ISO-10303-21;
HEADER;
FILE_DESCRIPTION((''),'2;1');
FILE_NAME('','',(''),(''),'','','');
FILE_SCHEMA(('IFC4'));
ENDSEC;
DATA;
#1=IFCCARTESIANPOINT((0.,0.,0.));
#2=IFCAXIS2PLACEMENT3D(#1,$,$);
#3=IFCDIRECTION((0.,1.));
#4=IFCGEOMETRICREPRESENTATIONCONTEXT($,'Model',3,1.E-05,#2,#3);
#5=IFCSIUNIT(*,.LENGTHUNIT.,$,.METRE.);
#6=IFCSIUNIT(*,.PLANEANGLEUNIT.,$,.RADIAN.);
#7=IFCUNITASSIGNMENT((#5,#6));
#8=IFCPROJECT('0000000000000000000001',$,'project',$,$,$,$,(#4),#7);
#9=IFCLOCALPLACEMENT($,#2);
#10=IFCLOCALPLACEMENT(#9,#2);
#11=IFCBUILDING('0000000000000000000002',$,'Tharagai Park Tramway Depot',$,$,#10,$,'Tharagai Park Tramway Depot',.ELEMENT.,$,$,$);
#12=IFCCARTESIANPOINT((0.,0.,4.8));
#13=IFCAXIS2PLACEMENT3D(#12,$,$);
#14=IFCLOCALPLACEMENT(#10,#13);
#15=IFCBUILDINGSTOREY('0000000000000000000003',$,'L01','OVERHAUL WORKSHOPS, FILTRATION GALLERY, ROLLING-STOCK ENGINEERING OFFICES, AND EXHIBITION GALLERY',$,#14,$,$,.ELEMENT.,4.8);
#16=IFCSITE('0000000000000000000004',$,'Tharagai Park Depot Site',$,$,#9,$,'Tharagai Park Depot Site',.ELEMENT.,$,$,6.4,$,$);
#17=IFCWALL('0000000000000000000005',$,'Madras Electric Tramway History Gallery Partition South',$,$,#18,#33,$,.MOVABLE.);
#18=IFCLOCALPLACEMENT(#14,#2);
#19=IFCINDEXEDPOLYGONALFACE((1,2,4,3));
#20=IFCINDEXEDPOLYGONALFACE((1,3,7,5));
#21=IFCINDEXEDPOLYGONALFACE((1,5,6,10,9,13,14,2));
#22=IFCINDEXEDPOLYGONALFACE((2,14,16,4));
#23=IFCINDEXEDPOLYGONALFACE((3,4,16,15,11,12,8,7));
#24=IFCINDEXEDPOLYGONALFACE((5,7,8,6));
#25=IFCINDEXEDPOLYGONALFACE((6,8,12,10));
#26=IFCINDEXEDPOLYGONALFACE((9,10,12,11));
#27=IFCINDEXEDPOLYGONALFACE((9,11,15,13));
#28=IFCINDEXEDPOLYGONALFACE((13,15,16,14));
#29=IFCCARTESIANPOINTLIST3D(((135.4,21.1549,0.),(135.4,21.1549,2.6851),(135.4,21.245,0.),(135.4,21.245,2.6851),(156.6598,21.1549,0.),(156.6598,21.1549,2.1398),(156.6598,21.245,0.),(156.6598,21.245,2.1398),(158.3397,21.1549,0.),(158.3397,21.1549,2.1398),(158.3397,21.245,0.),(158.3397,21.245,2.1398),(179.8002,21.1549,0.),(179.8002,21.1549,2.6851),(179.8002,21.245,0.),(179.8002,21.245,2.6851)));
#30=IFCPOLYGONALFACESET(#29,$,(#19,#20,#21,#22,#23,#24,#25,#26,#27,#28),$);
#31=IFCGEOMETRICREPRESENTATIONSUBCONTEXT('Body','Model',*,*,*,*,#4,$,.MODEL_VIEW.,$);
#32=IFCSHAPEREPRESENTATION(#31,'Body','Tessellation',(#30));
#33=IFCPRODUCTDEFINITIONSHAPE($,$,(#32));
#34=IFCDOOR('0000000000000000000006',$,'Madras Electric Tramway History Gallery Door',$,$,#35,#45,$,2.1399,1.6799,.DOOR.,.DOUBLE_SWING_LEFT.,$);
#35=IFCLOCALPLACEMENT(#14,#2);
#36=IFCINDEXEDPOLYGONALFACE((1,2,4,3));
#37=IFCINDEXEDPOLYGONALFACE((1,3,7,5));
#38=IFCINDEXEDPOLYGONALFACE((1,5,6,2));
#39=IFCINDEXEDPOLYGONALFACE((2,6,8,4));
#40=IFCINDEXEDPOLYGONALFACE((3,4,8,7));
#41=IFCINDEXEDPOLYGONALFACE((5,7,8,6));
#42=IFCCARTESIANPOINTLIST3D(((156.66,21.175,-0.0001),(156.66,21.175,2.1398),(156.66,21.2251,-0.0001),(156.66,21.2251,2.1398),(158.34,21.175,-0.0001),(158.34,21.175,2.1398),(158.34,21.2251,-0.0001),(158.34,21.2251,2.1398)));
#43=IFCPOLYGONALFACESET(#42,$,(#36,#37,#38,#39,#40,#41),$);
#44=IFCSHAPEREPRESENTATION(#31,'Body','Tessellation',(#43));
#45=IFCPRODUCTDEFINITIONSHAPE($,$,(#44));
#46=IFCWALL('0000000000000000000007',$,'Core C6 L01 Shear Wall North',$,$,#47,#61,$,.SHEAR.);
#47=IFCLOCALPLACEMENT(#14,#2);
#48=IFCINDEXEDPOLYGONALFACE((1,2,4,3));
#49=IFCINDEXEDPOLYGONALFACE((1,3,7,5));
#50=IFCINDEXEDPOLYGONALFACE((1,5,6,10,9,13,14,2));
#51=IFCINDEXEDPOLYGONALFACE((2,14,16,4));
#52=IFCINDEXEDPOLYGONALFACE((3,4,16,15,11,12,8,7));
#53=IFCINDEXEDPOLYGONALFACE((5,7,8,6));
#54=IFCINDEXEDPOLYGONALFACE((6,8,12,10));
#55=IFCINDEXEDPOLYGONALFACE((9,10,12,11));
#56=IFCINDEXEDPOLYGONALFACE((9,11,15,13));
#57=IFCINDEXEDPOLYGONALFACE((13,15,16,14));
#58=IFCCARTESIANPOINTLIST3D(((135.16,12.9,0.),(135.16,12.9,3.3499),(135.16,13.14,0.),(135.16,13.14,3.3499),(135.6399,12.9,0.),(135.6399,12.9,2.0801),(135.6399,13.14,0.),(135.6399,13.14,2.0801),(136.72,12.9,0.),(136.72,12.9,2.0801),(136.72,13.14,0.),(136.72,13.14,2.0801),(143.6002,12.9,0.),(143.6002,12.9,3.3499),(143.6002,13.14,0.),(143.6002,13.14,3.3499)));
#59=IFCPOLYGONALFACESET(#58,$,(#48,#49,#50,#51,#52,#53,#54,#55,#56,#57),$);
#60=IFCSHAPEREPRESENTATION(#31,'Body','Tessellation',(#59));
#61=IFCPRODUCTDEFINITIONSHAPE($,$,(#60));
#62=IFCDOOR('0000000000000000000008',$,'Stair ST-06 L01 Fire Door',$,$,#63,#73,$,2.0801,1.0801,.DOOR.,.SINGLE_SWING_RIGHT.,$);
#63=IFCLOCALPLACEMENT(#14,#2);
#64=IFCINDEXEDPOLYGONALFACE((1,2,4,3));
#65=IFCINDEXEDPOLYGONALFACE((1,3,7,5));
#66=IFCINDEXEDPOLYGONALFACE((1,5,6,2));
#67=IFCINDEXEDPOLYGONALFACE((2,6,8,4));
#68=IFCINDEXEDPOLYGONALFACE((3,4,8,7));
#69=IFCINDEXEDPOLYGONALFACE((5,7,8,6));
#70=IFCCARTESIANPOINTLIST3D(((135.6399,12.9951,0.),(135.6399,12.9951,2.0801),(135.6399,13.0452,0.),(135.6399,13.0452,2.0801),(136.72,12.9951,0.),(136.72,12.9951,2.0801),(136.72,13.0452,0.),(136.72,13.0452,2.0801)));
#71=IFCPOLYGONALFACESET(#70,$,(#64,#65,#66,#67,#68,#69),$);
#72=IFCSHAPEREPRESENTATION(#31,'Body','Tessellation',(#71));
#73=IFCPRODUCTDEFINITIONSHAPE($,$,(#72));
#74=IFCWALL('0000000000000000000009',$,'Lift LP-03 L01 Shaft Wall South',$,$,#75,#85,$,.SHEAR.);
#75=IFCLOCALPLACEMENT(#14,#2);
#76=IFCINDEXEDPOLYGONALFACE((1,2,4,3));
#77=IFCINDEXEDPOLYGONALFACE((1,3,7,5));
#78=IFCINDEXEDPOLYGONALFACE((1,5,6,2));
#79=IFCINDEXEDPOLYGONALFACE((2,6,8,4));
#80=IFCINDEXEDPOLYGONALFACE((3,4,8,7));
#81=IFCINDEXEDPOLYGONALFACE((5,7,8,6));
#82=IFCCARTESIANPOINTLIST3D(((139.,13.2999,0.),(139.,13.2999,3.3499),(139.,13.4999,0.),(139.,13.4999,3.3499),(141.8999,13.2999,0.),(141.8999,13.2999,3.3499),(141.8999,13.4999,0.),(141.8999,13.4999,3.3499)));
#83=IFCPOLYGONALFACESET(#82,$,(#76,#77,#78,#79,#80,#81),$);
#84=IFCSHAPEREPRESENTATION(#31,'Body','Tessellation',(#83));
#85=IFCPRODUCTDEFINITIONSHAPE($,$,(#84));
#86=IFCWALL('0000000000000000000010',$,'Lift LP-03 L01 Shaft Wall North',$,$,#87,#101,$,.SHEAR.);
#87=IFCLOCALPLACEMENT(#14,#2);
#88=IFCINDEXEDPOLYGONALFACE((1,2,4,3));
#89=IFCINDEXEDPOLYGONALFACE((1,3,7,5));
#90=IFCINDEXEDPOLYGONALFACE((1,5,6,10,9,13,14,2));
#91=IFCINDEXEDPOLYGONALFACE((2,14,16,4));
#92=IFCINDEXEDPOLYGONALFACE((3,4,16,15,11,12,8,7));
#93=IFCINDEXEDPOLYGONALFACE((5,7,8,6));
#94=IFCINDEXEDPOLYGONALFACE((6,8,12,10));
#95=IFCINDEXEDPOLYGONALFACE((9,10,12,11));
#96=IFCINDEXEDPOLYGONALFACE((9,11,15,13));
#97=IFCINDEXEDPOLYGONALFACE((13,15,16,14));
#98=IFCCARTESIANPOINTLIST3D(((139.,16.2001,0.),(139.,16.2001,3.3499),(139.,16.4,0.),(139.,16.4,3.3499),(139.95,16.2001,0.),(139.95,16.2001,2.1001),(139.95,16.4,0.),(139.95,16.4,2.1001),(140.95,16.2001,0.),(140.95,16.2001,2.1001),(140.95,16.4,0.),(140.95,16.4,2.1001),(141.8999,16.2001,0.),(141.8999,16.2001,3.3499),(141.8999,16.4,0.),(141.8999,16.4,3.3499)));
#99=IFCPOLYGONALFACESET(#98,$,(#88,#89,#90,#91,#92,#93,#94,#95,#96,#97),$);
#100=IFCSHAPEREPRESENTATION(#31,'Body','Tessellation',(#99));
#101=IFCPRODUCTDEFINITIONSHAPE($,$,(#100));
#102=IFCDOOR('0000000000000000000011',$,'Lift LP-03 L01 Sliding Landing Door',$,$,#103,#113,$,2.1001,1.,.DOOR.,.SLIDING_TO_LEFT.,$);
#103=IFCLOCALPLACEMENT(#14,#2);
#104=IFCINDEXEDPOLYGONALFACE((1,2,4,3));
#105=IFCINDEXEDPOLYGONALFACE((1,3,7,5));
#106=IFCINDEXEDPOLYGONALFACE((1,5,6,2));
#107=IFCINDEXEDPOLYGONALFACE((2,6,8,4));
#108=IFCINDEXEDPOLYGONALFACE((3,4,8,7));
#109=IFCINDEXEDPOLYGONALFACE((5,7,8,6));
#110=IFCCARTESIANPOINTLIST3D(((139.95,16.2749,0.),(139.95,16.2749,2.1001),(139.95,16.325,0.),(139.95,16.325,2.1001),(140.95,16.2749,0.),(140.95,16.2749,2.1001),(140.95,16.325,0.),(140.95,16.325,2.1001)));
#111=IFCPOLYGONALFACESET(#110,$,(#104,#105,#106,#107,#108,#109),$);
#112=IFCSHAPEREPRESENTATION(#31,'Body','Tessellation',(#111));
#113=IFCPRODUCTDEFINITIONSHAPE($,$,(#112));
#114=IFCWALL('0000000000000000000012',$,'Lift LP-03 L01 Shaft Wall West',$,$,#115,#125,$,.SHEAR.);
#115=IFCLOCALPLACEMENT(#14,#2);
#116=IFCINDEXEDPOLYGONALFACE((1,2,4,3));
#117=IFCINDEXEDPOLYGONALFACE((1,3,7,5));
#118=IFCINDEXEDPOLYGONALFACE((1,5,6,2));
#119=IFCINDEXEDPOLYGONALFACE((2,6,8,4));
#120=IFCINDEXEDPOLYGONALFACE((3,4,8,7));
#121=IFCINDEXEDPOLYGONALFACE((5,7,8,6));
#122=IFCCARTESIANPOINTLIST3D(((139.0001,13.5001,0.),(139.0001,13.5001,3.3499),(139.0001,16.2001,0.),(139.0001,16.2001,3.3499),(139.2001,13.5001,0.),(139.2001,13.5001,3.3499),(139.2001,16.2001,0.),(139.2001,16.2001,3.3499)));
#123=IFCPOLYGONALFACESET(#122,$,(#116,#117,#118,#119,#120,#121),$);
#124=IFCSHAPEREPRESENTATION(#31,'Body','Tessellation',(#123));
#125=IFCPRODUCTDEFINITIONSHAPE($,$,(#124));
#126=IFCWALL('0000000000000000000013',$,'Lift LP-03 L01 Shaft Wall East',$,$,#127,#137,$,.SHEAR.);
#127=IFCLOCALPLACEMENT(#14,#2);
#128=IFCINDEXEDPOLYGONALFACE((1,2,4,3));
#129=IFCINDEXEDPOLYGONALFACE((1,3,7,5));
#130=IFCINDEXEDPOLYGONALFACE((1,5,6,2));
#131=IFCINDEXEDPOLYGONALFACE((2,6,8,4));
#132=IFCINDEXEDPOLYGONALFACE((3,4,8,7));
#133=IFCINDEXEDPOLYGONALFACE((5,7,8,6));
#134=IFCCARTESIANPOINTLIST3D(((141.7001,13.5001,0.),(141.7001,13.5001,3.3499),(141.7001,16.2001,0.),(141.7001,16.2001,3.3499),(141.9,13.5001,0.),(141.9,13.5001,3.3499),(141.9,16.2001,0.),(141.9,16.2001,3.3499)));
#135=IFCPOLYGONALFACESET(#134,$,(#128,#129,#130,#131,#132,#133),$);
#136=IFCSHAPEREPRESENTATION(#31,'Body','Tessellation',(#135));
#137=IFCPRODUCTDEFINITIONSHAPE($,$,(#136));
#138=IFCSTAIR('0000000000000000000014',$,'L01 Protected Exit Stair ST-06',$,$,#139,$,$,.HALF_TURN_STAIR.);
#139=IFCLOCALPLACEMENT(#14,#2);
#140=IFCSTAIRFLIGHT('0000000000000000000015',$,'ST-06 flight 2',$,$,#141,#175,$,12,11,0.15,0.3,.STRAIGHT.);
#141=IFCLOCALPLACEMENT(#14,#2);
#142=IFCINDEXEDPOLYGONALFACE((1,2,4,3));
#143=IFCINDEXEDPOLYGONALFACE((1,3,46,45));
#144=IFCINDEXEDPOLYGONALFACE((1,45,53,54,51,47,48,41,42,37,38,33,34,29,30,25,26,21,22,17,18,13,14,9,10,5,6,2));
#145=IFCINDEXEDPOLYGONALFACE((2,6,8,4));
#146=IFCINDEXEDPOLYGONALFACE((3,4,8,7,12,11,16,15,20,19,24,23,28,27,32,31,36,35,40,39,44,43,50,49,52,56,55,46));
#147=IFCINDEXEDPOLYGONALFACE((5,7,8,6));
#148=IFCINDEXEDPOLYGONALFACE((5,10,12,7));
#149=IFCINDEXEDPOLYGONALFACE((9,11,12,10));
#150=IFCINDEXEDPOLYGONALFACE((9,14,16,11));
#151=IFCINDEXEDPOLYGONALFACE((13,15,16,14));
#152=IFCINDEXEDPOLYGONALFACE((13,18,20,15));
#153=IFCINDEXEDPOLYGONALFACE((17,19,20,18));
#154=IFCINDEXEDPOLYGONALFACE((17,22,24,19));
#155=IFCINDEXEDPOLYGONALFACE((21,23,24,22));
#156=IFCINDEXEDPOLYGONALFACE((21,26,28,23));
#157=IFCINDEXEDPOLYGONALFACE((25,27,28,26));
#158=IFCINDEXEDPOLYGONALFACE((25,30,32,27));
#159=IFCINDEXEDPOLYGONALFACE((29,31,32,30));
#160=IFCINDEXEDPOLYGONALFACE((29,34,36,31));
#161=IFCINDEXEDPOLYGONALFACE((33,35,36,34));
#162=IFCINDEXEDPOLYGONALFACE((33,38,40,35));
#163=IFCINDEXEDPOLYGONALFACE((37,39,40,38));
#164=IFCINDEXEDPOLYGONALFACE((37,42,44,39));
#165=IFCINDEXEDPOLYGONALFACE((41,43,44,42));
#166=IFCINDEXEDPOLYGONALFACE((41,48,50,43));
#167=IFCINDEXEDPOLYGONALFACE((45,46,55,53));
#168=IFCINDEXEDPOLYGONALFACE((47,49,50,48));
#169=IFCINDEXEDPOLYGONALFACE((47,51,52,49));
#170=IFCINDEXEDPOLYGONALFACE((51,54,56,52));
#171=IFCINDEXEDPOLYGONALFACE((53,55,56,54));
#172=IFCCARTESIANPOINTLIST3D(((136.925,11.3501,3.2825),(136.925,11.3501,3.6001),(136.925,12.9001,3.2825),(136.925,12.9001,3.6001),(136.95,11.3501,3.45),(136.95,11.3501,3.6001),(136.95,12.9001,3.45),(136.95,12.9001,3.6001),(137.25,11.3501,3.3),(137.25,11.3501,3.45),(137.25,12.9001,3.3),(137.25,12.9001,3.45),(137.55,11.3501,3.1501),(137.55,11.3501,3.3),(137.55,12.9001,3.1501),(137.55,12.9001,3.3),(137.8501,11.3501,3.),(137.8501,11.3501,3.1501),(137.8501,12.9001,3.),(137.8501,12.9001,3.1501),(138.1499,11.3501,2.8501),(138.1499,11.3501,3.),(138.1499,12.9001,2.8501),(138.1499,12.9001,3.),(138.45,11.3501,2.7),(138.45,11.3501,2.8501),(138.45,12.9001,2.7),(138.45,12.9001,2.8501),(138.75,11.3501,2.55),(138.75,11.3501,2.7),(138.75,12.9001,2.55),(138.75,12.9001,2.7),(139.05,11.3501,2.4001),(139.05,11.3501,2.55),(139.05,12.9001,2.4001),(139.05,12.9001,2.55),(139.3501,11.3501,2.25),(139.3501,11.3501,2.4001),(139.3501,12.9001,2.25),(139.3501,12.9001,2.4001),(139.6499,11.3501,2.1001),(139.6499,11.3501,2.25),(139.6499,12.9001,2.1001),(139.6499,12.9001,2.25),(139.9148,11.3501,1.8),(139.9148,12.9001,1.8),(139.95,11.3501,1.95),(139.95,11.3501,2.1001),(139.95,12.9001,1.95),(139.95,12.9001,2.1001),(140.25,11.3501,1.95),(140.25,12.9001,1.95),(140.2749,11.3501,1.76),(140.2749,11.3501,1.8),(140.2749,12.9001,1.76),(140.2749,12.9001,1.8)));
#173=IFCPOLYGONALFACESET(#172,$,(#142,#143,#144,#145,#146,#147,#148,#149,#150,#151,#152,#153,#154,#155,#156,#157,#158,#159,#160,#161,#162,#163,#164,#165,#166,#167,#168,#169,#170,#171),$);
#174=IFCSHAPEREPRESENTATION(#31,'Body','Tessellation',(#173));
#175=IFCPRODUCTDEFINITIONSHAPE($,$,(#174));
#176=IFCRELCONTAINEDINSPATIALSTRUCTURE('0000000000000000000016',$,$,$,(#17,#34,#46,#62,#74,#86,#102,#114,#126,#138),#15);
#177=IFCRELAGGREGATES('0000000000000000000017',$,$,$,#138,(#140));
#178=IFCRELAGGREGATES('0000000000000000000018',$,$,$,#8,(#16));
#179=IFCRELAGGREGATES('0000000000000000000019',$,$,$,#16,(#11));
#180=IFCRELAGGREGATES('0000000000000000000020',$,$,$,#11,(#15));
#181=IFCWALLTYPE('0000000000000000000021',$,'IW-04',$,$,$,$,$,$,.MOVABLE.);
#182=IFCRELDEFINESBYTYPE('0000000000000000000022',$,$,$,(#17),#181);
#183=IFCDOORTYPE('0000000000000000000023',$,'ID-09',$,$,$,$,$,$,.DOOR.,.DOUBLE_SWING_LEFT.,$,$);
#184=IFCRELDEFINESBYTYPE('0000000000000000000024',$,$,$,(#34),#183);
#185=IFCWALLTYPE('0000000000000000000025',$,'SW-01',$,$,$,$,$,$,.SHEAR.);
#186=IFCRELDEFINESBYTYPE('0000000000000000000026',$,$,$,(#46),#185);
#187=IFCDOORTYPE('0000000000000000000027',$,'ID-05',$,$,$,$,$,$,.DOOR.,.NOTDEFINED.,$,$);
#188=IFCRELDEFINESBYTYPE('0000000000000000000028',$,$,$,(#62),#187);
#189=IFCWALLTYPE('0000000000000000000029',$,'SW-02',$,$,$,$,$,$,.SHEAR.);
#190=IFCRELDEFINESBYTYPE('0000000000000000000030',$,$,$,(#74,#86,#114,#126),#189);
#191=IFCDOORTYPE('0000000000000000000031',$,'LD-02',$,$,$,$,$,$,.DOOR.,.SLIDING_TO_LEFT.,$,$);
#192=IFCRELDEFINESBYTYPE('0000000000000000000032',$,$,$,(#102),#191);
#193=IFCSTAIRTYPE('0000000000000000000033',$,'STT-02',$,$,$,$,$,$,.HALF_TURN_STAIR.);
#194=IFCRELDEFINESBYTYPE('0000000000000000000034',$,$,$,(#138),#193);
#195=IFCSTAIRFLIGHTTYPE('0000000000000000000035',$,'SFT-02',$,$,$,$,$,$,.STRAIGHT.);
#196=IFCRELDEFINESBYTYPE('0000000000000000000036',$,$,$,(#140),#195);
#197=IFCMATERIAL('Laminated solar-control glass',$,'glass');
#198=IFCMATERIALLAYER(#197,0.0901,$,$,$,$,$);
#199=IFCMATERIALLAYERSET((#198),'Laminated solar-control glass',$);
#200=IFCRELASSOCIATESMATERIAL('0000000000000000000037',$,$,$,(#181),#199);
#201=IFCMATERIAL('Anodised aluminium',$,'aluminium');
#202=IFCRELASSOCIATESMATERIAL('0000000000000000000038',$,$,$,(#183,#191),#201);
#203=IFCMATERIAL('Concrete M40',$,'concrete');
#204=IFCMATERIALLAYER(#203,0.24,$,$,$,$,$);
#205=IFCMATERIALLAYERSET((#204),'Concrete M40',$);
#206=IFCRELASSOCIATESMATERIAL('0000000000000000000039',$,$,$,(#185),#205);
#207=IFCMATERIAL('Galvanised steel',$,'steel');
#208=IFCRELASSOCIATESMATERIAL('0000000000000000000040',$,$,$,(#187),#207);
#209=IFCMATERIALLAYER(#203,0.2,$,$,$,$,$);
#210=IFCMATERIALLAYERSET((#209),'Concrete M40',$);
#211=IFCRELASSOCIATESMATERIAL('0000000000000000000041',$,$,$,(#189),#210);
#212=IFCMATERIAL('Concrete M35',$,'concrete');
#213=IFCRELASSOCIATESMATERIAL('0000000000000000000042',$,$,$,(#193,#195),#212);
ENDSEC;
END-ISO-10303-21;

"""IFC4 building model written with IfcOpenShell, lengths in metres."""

from ifc_helpers import new_model, si_unit, direction, frame, frame_2d, origin, place, context, subcontext, project, spatial, polyline, rectangle, outline, extrude, material, layer, layer_set, type_object, element, fill, aggregate, save


model = new_model("IFC4")

# Units and contexts
model_context = context("Model", 3, precision=1e-05, world=origin(), true_north=direction((0.0, 1.0)))
body_context = subcontext(model_context, "Body", "Model", "MODEL_VIEW")
ifc_project = project(units=[si_unit("LENGTHUNIT", "METRE"), si_unit("PLANEANGLEUNIT", "RADIAN")], contexts=[model_context])

# Site, building, storey
site_placement = place(None, origin())
site = spatial("IfcSite", under=ifc_project, at=site_placement, Name="Tharagai Park Depot Site", LongName="Tharagai Park Depot Site", CompositionType="ELEMENT", RefElevation=6.4)
building_placement = place(site_placement, origin())
building = spatial("IfcBuilding", under=site, at=building_placement, Name="Tharagai Park Tramway Depot", LongName="Tharagai Park Tramway Depot", CompositionType="ELEMENT")
storey_placement = place(building_placement, frame((0.0, 0.0, 4.8)))
storey = spatial("IfcBuildingStorey", under=building, at=storey_placement, Name="L01", Description="OVERHAUL WORKSHOPS, FILTRATION GALLERY, ROLLING-STOCK ENGINEERING OFFICES, AND EXHIBITION GALLERY", CompositionType="ELEMENT", Elevation=4.8)

# Shared definitions
ifc_material_1 = material(Name="Concrete M40", Category="concrete")

# Shared definitions
ifc_material_2 = material(Name="Concrete M35", Category="concrete")

# Shared definitions
ifc_material_3 = material(Name="Anodised aluminium", Category="aluminium")

# Walls, openings, doors
ifc_material_4 = material(Name="Laminated solar-control glass", Category="glass")
ifc_layer_1 = layer(ifc_material_4, 0.0901)
ifc_layer_set_1 = layer_set([ifc_layer_1], Name="Laminated solar-control glass")
wall_type_1 = type_object("IfcWallType", Name="IW-04", PredefinedType="MOVABLE", material=ifc_layer_set_1)
wall_1_placement = place(storey_placement, frame((135.3999, 21.2, 0.0), z_axis=(0.0, 0.0, 1.0), x_axis=(1.0, 0.0, 0.0)))
wall_1 = element("IfcWall", 1, at=wall_1_placement, inside=storey, type_object=wall_type_1, Name="Madras Electric Tramway History Gallery Partition South", PredefinedType="MOVABLE", context=body_context, shape_type="SweptSolid", body=[
    extrude(rectangle(XDim=44.4001, YDim=0.0901, at=frame_2d((22.2002, 0.0))), origin(), (0.0, 0.0, 1.0), 2.6851),
])
opening_1_placement = place(wall_1_placement, frame((21.26, 0.0, 0.0)))
opening_1 = element("IfcOpeningElement", 2, at=opening_1_placement, cuts=wall_1, PredefinedType="OPENING", context=body_context, shape_type="SweptSolid", body=[
    extrude(rectangle(XDim=1.6799, YDim=2.1399, at=frame_2d((0.8398, 1.0698))), frame((0.0, 0.0549, 0.0), z_axis=(0.0, -1.0, 0.0), x_axis=(1.0, 0.0, 0.0)), (0.0, 0.0, 1.0), 0.1101),
])
door_type_1 = type_object("IfcDoorType", Name="ID-09", OperationType="DOUBLE_SWING_LEFT", PredefinedType="DOOR", material=ifc_material_3)
door_1_placement = place(opening_1_placement, frame((1.6799, 0.0, 0.0), z_axis=(0.0, 0.0, 1.0), x_axis=(-1.0, 0.0, 0.0)))
door_1 = element("IfcDoor", 3, at=door_1_placement, inside=storey, type_object=door_type_1, Name="Madras Electric Tramway History Gallery Door", OperationType="DOUBLE_SWING_LEFT", OverallHeight=2.1399, OverallWidth=1.6799, PredefinedType="DOOR", context=body_context, shape_type="SweptSolid", body=[
    extrude(rectangle(XDim=1.6799, YDim=2.1399, at=frame_2d((0.8398, 1.0698))), frame((0.0, 0.0249, 0.0), z_axis=(0.0, -1.0, 0.0), x_axis=(1.0, 0.0, 0.0)), (0.0, 0.0, 1.0), 0.05),
])
fill(opening_1, door_1)
ifc_layer_2 = layer(ifc_material_1, 0.24)
ifc_layer_set_2 = layer_set([ifc_layer_2], Name="Concrete M40")
wall_type_2 = type_object("IfcWallType", Name="SW-01", PredefinedType="SHEAR", material=ifc_layer_set_2)
wall_2_placement = place(storey_placement, frame((135.1599, 13.02, 0.0), z_axis=(0.0, 0.0, 1.0), x_axis=(1.0, 0.0, 0.0)))
wall_2 = element("IfcWall", 4, at=wall_2_placement, inside=storey, type_object=wall_type_2, Name="Core C6 L01 Shear Wall North", PredefinedType="SHEAR", context=body_context, shape_type="SweptSolid", body=[
    extrude(rectangle(XDim=8.4402, YDim=0.24, at=frame_2d((4.2202, 0.0))), origin(), (0.0, 0.0, 1.0), 3.3499),
])
opening_2_placement = place(wall_2_placement, frame((0.48, 0.0, 0.0)))
opening_2 = element("IfcOpeningElement", 5, at=opening_2_placement, cuts=wall_2, PredefinedType="OPENING", context=body_context, shape_type="SweptSolid", body=[
    extrude(rectangle(XDim=1.0801, YDim=2.0801, at=frame_2d((0.54, 1.04))), frame((0.0, 0.1299, 0.0), z_axis=(0.0, -1.0, 0.0), x_axis=(1.0, 0.0, 0.0)), (0.0, 0.0, 1.0), 0.26),
])
ifc_material_5 = material(Name="Galvanised steel", Category="steel")
door_type_2 = type_object("IfcDoorType", Name="ID-05", OperationType="NOTDEFINED", PredefinedType="DOOR", material=ifc_material_5)
door_2_placement = place(opening_2_placement, frame((1.0801, 0.0, 0.0), z_axis=(0.0, 0.0, 1.0), x_axis=(-1.0, 0.0, 0.0)))
door_2 = element("IfcDoor", 6, at=door_2_placement, inside=storey, type_object=door_type_2, Name="Stair ST-06 L01 Fire Door", OperationType="SINGLE_SWING_RIGHT", OverallHeight=2.0801, OverallWidth=1.0801, PredefinedType="DOOR", context=body_context, shape_type="SweptSolid", body=[
    extrude(rectangle(XDim=1.0801, YDim=2.0801, at=frame_2d((0.54, 1.04))), frame((0.0, 0.0249, 0.0), z_axis=(0.0, -1.0, 0.0), x_axis=(1.0, 0.0, 0.0)), (0.0, 0.0, 1.0), 0.05),
])
fill(opening_2, door_2)

# Wall
ifc_layer_3 = layer(ifc_material_1, 0.2)
ifc_layer_set_3 = layer_set([ifc_layer_3], Name="Concrete M40")
wall_type_3 = type_object("IfcWallType", Name="SW-02", PredefinedType="SHEAR", material=ifc_layer_set_3)
wall_3_placement = place(storey_placement, frame((139.0, 13.3999, 0.0), z_axis=(0.0, 0.0, 1.0), x_axis=(1.0, 0.0, 0.0)))
element("IfcWall", 7, at=wall_3_placement, inside=storey, type_object=wall_type_3, Name="Lift LP-03 L01 Shaft Wall South", PredefinedType="SHEAR", context=body_context, shape_type="SweptSolid", body=[
    extrude(rectangle(XDim=2.8999, YDim=0.2, at=frame_2d((1.45, 0.0))), origin(), (0.0, 0.0, 1.0), 3.3499),
])

# Wall, opening, door
wall_4_placement = place(storey_placement, frame((139.0, 16.3, 0.0), z_axis=(0.0, 0.0, 1.0), x_axis=(1.0, 0.0, 0.0)))
wall_4 = element("IfcWall", 8, at=wall_4_placement, inside=storey, type_object=wall_type_3, Name="Lift LP-03 L01 Shaft Wall North", PredefinedType="SHEAR", context=body_context, shape_type="SweptSolid", body=[
    extrude(rectangle(XDim=2.8999, YDim=0.2, at=frame_2d((1.45, 0.0))), origin(), (0.0, 0.0, 1.0), 3.3499),
])
opening_3_placement = place(wall_4_placement, frame((0.95, 0.0, 0.0)))
opening_3 = element("IfcOpeningElement", 9, at=opening_3_placement, cuts=wall_4, PredefinedType="OPENING", context=body_context, shape_type="SweptSolid", body=[
    extrude(rectangle(XDim=1.0, YDim=2.1001, at=frame_2d((0.5, 1.05))), frame((0.0, 0.1099, 0.0), z_axis=(0.0, -1.0, 0.0), x_axis=(1.0, 0.0, 0.0)), (0.0, 0.0, 1.0), 0.22),
])
door_type_3 = type_object("IfcDoorType", Name="LD-02", OperationType="SLIDING_TO_LEFT", PredefinedType="DOOR", material=ifc_material_3)
door_3_placement = place(opening_3_placement, origin())
door_3 = element("IfcDoor", 10, at=door_3_placement, inside=storey, type_object=door_type_3, Name="Lift LP-03 L01 Sliding Landing Door", OperationType="SLIDING_TO_LEFT", OverallHeight=2.1001, OverallWidth=1.0, PredefinedType="DOOR", context=body_context, shape_type="SweptSolid", body=[
    extrude(rectangle(XDim=1.0, YDim=2.1001, at=frame_2d((0.5, 1.05))), frame((0.0, 0.0249, 0.0), z_axis=(0.0, -1.0, 0.0), x_axis=(1.0, 0.0, 0.0)), (0.0, 0.0, 1.0), 0.05),
])
fill(opening_3, door_3)

# Walls
for number, where, z_axis, x_axis, name in (
    (11, (139.1001, 13.5, 0.0), (0.0, 0.0, 1.0), (0.0, 1.0, 0.0), "Lift LP-03 L01 Shaft Wall West"),
    (12, (141.8, 13.5, 0.0), (0.0, 0.0, 1.0), (0.0, 1.0, 0.0), "Lift LP-03 L01 Shaft Wall East"),
):
    element("IfcWall", number, at=place(storey_placement, frame(where, z_axis=z_axis, x_axis=x_axis)), inside=storey, type_object=wall_type_3, Name=name, PredefinedType="SHEAR", context=body_context, shape_type="SweptSolid", body=[
        extrude(rectangle(XDim=2.7, YDim=0.2, at=frame_2d((1.3501, 0.0))), origin(), (0.0, 0.0, 1.0), 3.3499),
    ])

# Stair, stair flight
stair_type = type_object("IfcStairType", Name="STT-02", PredefinedType="HALF_TURN_STAIR", material=ifc_material_2)
stair_placement = place(storey_placement, origin())
stair = element("IfcStair", 13, at=stair_placement, inside=storey, type_object=stair_type, Name="L01 Protected Exit Stair ST-06", PredefinedType="HALF_TURN_STAIR")
stair_flight_type = type_object("IfcStairFlightType", Name="SFT-02", PredefinedType="STRAIGHT", material=ifc_material_2)
stair_flight_placement = place(storey_placement, frame((140.25, 12.125, 1.8), z_axis=(0.0, 0.0, 1.0), x_axis=(-1.0, 0.0, 0.0)))
stair_flight = element("IfcStairFlight", 14, at=stair_flight_placement, type_object=stair_flight_type, Name="ST-06 flight 2", NumberOfRisers=12, NumberOfTreads=11, PredefinedType="STRAIGHT", RiserHeight=0.15, TreadLength=0.3, context=body_context, shape_type="SweptSolid", body=[
    extrude(outline(polyline([(-0.0249, 0.0), (0.0, 0.1499), (0.3, 0.1499), (0.3, 0.3), (0.6001, 0.3), (0.6001, 0.45), (0.8999, 0.45), (0.8999, 0.6001), (1.2, 0.6001), (1.2, 0.75), (1.5, 0.75), (1.5, 0.8999), (1.8, 0.8999), (1.8, 1.05), (2.1001, 1.05), (2.1001, 1.2), (2.3999, 1.2), (2.3999, 1.3501), (2.7, 1.3501), (2.7, 1.5), (3.0, 1.5), (3.0, 1.6499), (3.3, 1.6499), (3.3, 1.8), (3.325, 1.8), (3.325, 1.4824), (0.3352, 0.0), (-0.0249, -0.04), (-0.0249, 0.0)])), frame((0.0, 0.7749, 0.0), z_axis=(0.0, -1.0, 0.0), x_axis=(1.0, 0.0, 0.0)), (0.0, 0.0, 1.0), 1.55),
])
aggregate(stair, [stair_flight])

save(model, "model.ifc")
